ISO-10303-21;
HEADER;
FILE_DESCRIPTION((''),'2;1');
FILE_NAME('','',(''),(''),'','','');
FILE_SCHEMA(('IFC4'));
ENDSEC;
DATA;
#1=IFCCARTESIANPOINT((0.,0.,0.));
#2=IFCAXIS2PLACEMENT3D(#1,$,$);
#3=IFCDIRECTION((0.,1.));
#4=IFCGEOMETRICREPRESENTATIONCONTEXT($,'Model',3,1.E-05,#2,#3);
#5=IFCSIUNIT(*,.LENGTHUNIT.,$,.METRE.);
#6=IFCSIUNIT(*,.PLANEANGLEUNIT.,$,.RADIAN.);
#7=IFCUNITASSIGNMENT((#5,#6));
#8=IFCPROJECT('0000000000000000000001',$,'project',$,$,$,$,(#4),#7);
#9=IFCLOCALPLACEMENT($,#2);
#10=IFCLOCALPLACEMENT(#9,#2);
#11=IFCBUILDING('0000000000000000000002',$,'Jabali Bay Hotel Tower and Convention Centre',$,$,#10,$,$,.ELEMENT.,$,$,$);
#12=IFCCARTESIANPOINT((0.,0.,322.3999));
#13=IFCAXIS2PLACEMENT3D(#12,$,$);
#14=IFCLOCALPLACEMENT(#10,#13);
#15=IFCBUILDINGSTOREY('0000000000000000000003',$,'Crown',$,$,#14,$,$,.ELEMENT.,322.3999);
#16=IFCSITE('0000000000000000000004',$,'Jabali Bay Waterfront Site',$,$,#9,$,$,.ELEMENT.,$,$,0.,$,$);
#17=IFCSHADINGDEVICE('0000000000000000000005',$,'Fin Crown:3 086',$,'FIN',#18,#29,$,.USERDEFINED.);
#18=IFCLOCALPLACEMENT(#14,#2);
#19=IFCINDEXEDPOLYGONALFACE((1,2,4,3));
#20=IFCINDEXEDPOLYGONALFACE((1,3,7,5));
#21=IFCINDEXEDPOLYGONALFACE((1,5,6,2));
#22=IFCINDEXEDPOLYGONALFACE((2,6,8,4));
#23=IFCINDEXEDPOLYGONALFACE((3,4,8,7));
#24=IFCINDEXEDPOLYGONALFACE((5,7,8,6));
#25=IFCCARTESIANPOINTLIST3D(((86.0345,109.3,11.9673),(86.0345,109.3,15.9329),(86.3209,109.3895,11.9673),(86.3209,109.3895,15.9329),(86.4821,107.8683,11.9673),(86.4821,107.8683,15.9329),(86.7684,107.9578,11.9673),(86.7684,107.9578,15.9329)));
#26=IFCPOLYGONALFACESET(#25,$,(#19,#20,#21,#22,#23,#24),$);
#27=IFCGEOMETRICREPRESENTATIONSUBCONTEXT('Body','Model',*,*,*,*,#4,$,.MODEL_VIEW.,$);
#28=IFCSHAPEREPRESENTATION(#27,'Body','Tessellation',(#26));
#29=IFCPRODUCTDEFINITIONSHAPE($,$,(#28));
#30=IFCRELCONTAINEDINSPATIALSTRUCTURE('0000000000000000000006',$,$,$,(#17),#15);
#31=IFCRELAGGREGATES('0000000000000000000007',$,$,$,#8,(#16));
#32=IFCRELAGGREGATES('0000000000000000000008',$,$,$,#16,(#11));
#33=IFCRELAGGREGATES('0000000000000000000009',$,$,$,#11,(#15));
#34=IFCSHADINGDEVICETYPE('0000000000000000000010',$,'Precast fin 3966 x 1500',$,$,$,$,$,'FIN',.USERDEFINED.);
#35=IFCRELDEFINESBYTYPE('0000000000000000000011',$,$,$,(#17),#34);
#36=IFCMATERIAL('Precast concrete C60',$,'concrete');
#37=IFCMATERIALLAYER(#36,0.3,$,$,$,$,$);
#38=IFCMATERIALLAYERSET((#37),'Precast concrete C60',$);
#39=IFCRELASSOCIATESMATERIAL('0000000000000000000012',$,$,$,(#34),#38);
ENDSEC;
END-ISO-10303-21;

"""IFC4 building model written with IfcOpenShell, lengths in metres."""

from ifc_helpers import new_model, si_unit, direction, frame, frame_2d, origin, place, context, subcontext, project, spatial, rectangle, extrude, material, layer, layer_set, type_object, element, save


model = new_model("IFC4")

# Units and contexts
model_context = context("Model", 3, precision=1e-05, world=origin(), true_north=direction((0.0, 1.0)))
body_context = subcontext(model_context, "Body", "Model", "MODEL_VIEW")
ifc_project = project(units=[si_unit("LENGTHUNIT", "METRE"), si_unit("PLANEANGLEUNIT", "RADIAN")], contexts=[model_context])

# Site, building, storey
site_placement = place(None, origin())
site = spatial("IfcSite", under=ifc_project, at=site_placement, Name="Jabali Bay Waterfront Site", CompositionType="ELEMENT", RefElevation=0.0)
building_placement = place(site_placement, origin())
building = spatial("IfcBuilding", under=site, at=building_placement, Name="Jabali Bay Hotel Tower and Convention Centre", CompositionType="ELEMENT")
storey_placement = place(building_placement, frame((0.0, 0.0, 322.3999)))
storey = spatial("IfcBuildingStorey", under=building, at=storey_placement, Name="Crown", CompositionType="ELEMENT", Elevation=322.3999)

# Shading device
ifc_material_1 = material(Name="Precast concrete C60", Category="concrete")
ifc_layer = layer(ifc_material_1, 0.3)
ifc_layer_set = layer_set([ifc_layer], Name="Precast concrete C60")
shading_device_type = type_object("IfcShadingDeviceType", Name="Precast fin 3966 x 1500", ElementType="FIN", PredefinedType="USERDEFINED", material=ifc_layer_set)
for number, where, z_axis, x_axis, name in (
    (1, (86.6252, 107.9131, 11.9673), (0.0, 0.0, 1.0), (-0.298349, 0.954457, 0.0), "Fin Crown:3 086"),
):
    element("IfcShadingDevice", number, at=place(storey_placement, frame(where, z_axis=z_axis, x_axis=x_axis)), inside=storey, type_object=shading_device_type, Name=name, ObjectType="FIN", PredefinedType="USERDEFINED", context=body_context, shape_type="SweptSolid", body=[
        extrude(rectangle(XDim=1.5, YDim=0.3, at=frame_2d((0.75, 0.0))), origin(), (0.0, 0.0, 1.0), 3.9656),
    ])

save(model, "model.ifc")
